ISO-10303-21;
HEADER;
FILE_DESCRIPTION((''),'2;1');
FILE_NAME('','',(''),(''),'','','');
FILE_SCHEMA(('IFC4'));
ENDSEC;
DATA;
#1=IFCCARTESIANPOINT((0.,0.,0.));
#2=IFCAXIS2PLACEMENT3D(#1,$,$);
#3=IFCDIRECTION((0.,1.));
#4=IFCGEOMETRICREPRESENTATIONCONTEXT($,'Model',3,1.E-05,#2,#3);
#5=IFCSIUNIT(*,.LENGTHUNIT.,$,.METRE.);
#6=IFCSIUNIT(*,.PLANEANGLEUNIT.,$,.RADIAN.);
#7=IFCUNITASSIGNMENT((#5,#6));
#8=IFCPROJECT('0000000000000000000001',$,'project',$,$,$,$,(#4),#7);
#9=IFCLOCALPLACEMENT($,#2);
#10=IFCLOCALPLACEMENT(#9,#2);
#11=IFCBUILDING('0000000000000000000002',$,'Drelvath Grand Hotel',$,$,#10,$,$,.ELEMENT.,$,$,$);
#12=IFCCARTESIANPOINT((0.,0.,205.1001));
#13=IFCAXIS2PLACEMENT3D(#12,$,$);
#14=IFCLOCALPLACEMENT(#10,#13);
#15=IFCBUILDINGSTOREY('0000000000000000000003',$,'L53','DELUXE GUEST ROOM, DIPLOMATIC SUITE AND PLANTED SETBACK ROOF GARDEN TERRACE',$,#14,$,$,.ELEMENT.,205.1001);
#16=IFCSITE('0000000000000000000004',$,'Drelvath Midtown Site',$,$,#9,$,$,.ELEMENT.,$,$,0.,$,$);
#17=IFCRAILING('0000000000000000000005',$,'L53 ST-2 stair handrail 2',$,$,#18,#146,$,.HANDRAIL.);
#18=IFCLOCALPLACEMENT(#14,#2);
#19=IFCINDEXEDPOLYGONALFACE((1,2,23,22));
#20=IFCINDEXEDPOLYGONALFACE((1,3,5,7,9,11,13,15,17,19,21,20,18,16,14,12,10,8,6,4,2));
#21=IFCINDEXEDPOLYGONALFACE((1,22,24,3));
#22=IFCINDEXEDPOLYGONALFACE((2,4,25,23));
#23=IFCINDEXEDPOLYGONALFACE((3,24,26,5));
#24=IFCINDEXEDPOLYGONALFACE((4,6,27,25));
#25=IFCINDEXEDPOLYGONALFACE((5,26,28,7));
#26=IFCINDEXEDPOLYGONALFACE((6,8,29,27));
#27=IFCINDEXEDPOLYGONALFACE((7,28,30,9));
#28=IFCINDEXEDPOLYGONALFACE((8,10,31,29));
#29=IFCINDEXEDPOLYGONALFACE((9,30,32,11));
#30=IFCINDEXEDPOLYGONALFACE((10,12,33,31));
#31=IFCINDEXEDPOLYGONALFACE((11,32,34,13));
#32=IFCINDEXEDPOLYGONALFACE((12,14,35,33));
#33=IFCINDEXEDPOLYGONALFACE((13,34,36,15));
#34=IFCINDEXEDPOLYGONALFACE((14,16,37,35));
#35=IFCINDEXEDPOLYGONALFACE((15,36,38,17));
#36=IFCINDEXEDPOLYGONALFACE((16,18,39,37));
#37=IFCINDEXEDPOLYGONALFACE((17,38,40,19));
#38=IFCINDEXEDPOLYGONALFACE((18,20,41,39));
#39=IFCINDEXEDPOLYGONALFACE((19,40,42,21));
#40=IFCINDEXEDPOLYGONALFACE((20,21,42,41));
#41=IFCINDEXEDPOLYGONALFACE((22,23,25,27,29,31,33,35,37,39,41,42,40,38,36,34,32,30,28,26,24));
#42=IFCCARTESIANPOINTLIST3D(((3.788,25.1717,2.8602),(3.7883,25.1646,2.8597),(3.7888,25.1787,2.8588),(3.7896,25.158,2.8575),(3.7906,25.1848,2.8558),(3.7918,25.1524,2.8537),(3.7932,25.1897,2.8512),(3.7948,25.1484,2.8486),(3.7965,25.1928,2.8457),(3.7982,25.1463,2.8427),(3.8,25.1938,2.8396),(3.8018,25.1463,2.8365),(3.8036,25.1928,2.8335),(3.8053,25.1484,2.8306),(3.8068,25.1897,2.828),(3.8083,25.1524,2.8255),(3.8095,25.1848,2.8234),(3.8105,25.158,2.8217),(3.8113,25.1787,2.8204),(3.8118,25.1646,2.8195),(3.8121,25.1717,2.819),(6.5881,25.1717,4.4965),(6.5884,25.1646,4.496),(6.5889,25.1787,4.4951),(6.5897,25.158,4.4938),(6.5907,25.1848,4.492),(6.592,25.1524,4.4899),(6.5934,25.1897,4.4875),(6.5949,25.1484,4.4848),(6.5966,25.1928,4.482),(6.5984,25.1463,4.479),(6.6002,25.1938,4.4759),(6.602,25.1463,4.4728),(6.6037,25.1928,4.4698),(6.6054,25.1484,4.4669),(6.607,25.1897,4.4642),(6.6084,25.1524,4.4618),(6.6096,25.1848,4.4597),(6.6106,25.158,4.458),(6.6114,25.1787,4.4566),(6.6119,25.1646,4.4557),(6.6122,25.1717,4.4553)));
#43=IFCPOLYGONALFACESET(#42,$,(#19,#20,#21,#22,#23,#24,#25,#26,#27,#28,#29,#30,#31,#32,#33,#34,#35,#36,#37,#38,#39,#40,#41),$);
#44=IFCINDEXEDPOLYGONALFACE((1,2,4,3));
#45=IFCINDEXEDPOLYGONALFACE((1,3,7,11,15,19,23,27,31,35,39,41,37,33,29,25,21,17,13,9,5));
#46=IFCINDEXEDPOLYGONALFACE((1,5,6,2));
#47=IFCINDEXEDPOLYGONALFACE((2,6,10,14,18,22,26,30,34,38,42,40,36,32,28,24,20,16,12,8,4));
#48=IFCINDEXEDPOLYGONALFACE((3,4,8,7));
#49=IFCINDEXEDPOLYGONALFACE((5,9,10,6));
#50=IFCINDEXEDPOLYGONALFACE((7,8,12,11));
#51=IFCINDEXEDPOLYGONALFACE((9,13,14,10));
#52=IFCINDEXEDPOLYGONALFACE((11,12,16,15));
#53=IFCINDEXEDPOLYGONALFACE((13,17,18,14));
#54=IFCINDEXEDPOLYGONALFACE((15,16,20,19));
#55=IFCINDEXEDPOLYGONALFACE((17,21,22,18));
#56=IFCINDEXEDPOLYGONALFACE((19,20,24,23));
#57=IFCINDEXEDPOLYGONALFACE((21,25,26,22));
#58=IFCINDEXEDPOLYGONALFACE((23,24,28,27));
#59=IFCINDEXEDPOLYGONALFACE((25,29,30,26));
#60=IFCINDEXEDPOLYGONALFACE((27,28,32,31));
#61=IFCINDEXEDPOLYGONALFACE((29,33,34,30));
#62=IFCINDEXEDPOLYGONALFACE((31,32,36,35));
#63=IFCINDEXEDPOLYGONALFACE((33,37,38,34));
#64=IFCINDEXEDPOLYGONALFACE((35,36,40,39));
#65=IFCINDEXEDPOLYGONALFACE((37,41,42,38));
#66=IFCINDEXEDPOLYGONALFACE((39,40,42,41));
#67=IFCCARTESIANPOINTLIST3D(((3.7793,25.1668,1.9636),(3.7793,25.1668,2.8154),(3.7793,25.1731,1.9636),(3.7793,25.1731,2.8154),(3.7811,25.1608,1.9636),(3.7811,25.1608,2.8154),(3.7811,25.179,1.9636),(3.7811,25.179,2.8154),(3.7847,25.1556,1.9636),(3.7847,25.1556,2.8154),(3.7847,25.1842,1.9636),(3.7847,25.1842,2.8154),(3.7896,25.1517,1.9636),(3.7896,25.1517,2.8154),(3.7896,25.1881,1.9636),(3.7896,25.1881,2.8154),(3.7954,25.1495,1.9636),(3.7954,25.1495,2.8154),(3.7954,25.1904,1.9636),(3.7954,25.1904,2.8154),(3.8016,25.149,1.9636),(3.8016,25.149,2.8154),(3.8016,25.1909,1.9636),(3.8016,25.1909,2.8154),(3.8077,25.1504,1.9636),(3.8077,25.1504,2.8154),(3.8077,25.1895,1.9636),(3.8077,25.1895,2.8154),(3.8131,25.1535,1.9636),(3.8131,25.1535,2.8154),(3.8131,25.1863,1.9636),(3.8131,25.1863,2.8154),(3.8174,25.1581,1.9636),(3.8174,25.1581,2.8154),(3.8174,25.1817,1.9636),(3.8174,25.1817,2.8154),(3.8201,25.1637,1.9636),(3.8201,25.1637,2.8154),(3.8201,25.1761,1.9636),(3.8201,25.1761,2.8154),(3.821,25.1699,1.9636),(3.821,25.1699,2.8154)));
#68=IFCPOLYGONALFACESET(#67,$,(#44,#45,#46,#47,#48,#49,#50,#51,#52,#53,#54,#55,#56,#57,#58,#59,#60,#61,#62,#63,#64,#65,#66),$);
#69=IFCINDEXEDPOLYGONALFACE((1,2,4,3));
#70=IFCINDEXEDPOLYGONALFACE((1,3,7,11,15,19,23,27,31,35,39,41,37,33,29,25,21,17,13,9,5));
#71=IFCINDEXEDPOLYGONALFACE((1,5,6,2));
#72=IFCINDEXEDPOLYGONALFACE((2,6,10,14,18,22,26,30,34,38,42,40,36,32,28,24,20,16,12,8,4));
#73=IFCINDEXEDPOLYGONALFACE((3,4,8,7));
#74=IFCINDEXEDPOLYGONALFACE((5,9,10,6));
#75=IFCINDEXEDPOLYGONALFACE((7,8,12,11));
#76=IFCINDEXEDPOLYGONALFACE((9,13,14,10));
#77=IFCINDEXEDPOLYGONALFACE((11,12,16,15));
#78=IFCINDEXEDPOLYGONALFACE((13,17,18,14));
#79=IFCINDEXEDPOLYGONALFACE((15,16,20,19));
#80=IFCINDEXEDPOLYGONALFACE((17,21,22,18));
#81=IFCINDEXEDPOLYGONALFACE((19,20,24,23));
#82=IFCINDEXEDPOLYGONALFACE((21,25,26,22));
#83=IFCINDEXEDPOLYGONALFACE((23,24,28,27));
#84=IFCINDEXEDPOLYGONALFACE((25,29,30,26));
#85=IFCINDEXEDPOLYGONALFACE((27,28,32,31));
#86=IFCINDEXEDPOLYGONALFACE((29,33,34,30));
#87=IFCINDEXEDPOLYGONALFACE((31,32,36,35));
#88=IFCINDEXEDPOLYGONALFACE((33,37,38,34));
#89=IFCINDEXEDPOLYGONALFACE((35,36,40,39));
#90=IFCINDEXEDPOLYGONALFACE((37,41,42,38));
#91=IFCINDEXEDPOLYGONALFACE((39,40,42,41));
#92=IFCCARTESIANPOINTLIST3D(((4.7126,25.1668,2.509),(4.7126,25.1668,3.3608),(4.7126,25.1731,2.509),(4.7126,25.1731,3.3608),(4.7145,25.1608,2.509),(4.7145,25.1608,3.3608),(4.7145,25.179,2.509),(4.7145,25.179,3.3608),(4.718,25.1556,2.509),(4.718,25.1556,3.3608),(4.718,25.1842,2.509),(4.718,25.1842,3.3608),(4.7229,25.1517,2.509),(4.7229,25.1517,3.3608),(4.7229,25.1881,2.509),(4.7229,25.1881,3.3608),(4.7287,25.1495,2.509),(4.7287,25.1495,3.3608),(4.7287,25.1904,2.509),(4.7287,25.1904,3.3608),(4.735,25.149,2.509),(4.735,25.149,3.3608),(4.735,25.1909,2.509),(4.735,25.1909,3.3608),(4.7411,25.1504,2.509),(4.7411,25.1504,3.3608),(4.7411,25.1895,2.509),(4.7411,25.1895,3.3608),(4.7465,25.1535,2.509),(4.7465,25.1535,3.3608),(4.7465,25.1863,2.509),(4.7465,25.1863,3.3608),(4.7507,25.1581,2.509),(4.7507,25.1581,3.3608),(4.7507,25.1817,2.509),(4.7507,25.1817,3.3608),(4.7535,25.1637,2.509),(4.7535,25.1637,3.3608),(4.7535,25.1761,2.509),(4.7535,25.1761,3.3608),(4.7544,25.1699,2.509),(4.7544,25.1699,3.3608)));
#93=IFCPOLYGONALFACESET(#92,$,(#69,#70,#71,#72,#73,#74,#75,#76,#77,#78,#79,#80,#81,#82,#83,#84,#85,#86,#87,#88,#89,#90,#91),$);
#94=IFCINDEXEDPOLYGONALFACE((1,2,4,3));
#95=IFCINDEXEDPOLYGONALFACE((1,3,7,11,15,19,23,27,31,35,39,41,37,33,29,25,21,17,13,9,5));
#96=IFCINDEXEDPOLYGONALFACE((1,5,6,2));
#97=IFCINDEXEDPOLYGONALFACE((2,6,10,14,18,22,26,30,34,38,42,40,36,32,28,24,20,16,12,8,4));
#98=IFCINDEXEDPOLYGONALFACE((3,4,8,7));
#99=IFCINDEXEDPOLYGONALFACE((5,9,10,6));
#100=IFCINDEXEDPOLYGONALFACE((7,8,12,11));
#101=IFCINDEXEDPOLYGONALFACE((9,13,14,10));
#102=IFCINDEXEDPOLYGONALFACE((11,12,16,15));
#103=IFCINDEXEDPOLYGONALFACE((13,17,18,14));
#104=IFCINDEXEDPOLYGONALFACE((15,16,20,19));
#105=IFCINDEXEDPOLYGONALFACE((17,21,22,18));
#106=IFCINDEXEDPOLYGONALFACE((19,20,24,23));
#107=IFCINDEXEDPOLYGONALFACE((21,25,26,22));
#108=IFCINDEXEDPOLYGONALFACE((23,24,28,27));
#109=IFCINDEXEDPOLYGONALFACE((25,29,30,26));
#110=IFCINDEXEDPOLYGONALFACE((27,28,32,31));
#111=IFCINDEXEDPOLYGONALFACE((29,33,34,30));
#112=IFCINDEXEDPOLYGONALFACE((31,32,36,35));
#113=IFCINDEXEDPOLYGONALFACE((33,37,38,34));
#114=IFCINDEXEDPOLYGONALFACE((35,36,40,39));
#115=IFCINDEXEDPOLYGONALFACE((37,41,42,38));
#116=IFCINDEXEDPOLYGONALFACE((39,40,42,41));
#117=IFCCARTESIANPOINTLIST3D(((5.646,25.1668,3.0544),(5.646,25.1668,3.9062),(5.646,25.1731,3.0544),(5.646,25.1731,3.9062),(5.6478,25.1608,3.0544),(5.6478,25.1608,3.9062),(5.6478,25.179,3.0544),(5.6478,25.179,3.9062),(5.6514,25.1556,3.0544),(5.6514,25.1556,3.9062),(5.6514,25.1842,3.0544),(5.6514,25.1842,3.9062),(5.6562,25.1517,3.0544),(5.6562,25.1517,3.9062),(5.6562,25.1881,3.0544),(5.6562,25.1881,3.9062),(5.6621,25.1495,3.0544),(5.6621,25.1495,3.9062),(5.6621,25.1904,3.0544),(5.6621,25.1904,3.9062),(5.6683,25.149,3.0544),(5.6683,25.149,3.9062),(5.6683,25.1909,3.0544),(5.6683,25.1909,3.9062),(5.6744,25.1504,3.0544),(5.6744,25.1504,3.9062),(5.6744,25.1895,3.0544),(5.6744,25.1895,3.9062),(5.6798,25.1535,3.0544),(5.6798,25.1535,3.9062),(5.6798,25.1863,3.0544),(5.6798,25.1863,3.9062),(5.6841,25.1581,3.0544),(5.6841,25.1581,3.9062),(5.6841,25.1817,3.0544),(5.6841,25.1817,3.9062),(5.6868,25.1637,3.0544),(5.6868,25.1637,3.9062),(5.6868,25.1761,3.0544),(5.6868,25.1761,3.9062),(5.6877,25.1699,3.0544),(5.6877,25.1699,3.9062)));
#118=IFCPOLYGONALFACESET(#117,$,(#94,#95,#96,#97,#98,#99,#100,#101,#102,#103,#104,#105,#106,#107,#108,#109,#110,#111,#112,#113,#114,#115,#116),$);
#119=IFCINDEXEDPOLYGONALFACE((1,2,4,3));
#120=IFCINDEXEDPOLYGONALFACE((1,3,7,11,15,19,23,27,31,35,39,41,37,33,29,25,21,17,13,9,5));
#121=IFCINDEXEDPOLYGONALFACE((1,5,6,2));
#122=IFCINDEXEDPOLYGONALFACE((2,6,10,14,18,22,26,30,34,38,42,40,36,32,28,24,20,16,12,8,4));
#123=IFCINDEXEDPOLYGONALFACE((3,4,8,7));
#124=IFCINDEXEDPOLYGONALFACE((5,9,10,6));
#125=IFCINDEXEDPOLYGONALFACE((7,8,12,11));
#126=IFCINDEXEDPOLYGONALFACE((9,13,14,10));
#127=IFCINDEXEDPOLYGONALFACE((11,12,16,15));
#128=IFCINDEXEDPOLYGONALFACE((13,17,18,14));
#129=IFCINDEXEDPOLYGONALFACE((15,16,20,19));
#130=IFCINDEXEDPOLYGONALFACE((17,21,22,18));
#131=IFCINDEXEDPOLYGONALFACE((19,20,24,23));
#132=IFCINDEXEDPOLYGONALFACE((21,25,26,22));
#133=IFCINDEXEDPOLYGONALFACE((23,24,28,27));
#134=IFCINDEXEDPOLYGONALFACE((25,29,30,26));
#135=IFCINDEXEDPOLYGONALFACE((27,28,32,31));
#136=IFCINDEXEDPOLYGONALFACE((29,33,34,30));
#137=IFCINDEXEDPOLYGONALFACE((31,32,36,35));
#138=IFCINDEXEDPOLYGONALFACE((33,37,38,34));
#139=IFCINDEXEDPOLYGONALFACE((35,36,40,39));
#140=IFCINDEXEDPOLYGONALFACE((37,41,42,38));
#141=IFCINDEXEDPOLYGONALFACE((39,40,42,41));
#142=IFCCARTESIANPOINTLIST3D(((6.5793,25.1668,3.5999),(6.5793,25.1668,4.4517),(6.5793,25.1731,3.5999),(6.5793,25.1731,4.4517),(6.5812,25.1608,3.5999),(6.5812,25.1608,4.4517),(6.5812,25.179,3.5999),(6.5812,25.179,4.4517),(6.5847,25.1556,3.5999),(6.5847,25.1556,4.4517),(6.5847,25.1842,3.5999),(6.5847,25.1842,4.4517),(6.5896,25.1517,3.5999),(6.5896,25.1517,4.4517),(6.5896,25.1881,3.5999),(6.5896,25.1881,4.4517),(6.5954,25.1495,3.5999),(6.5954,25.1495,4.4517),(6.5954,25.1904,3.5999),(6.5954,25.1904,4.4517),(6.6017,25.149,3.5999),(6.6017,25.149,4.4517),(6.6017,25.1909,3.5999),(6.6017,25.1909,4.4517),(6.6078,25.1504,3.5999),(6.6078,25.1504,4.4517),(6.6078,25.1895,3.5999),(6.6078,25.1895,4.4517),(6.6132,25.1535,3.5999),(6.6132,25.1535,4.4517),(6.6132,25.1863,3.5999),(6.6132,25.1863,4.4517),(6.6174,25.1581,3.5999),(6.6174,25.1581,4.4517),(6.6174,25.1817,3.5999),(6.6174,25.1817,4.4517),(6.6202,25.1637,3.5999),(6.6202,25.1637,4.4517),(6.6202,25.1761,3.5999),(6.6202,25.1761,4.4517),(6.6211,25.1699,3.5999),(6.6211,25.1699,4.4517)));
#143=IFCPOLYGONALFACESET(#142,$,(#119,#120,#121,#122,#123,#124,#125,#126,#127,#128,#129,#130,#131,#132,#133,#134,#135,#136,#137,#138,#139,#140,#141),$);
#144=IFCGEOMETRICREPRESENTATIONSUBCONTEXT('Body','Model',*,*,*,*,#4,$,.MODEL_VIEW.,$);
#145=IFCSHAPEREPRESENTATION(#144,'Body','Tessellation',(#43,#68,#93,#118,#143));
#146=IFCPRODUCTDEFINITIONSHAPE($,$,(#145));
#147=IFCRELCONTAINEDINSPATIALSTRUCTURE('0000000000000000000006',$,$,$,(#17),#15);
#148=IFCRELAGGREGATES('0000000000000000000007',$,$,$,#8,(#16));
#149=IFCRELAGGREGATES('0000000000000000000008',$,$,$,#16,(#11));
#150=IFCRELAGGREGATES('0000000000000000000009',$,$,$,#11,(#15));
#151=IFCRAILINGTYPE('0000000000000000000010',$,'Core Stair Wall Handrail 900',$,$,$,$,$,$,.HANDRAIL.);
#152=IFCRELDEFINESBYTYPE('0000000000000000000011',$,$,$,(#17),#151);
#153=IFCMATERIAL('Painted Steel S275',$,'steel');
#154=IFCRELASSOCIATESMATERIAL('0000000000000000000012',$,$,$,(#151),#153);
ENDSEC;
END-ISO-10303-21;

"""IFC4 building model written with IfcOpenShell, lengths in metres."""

from ifc_helpers import new_model, si_unit, direction, frame, origin, origin_2d, place, context, subcontext, project, spatial, circle, extrude, material, type_object, element, save


model = new_model("IFC4")

# Units and contexts
model_context = context("Model", 3, precision=1e-05, world=origin(), true_north=direction((0.0, 1.0)))
body_context = subcontext(model_context, "Body", "Model", "MODEL_VIEW")
ifc_project = project(units=[si_unit("LENGTHUNIT", "METRE"), si_unit("PLANEANGLEUNIT", "RADIAN")], contexts=[model_context])

# Site, building, storey
site_placement = place(None, origin())
site = spatial("IfcSite", under=ifc_project, at=site_placement, Name="Drelvath Midtown Site", CompositionType="ELEMENT", RefElevation=0.0)
building_placement = place(site_placement, origin())
building = spatial("IfcBuilding", under=site, at=building_placement, Name="Drelvath Grand Hotel", CompositionType="ELEMENT")
storey_placement = place(building_placement, frame((0.0, 0.0, 205.1001)))
storey = spatial("IfcBuildingStorey", under=building, at=storey_placement, Name="L53", Description="DELUXE GUEST ROOM, DIPLOMATIC SUITE AND PLANTED SETBACK ROOF GARDEN TERRACE", CompositionType="ELEMENT", Elevation=205.1001)

# Railing
ifc_material_1 = material(Name="Painted Steel S275", Category="steel")
railing_type_1 = type_object("IfcRailingType", Name="Core Stair Wall Handrail 900", PredefinedType="HANDRAIL", material=ifc_material_1)
railing_1_placement = place(storey_placement, frame((3.8, 25.1699, 1.9636)))
element("IfcRailing", 1, at=railing_1_placement, inside=storey, type_object=railing_type_1, Name="L53 ST-2 stair handrail 2", PredefinedType="HANDRAIL", context=body_context, shape_type="SweptSolid", body=[
    extrude(circle(Radius=0.0239, at=origin_2d()), frame((0.0, 0.0, 0.876), z_axis=(0.863394, 0.0, 0.504531), x_axis=(0.0, 1.0, 0.0)), (0.0, 0.0, 1.0), 3.2432),
    extrude(circle(Radius=0.021, at=origin_2d()), origin(), (0.0, 0.0, 1.0), 0.8518),
    extrude(circle(Radius=0.021, at=origin_2d()), frame((0.9333, 0.0, 0.5454)), (0.0, 0.0, 1.0), 0.8518),
    extrude(circle(Radius=0.021, at=origin_2d()), frame((1.8667, 0.0, 1.0908)), (0.0, 0.0, 1.0), 0.8518),
    extrude(circle(Radius=0.021, at=origin_2d()), frame((2.8, 0.0, 1.6362)), (0.0, 0.0, 1.0), 0.8518),
])

save(model, "model.ifc")
